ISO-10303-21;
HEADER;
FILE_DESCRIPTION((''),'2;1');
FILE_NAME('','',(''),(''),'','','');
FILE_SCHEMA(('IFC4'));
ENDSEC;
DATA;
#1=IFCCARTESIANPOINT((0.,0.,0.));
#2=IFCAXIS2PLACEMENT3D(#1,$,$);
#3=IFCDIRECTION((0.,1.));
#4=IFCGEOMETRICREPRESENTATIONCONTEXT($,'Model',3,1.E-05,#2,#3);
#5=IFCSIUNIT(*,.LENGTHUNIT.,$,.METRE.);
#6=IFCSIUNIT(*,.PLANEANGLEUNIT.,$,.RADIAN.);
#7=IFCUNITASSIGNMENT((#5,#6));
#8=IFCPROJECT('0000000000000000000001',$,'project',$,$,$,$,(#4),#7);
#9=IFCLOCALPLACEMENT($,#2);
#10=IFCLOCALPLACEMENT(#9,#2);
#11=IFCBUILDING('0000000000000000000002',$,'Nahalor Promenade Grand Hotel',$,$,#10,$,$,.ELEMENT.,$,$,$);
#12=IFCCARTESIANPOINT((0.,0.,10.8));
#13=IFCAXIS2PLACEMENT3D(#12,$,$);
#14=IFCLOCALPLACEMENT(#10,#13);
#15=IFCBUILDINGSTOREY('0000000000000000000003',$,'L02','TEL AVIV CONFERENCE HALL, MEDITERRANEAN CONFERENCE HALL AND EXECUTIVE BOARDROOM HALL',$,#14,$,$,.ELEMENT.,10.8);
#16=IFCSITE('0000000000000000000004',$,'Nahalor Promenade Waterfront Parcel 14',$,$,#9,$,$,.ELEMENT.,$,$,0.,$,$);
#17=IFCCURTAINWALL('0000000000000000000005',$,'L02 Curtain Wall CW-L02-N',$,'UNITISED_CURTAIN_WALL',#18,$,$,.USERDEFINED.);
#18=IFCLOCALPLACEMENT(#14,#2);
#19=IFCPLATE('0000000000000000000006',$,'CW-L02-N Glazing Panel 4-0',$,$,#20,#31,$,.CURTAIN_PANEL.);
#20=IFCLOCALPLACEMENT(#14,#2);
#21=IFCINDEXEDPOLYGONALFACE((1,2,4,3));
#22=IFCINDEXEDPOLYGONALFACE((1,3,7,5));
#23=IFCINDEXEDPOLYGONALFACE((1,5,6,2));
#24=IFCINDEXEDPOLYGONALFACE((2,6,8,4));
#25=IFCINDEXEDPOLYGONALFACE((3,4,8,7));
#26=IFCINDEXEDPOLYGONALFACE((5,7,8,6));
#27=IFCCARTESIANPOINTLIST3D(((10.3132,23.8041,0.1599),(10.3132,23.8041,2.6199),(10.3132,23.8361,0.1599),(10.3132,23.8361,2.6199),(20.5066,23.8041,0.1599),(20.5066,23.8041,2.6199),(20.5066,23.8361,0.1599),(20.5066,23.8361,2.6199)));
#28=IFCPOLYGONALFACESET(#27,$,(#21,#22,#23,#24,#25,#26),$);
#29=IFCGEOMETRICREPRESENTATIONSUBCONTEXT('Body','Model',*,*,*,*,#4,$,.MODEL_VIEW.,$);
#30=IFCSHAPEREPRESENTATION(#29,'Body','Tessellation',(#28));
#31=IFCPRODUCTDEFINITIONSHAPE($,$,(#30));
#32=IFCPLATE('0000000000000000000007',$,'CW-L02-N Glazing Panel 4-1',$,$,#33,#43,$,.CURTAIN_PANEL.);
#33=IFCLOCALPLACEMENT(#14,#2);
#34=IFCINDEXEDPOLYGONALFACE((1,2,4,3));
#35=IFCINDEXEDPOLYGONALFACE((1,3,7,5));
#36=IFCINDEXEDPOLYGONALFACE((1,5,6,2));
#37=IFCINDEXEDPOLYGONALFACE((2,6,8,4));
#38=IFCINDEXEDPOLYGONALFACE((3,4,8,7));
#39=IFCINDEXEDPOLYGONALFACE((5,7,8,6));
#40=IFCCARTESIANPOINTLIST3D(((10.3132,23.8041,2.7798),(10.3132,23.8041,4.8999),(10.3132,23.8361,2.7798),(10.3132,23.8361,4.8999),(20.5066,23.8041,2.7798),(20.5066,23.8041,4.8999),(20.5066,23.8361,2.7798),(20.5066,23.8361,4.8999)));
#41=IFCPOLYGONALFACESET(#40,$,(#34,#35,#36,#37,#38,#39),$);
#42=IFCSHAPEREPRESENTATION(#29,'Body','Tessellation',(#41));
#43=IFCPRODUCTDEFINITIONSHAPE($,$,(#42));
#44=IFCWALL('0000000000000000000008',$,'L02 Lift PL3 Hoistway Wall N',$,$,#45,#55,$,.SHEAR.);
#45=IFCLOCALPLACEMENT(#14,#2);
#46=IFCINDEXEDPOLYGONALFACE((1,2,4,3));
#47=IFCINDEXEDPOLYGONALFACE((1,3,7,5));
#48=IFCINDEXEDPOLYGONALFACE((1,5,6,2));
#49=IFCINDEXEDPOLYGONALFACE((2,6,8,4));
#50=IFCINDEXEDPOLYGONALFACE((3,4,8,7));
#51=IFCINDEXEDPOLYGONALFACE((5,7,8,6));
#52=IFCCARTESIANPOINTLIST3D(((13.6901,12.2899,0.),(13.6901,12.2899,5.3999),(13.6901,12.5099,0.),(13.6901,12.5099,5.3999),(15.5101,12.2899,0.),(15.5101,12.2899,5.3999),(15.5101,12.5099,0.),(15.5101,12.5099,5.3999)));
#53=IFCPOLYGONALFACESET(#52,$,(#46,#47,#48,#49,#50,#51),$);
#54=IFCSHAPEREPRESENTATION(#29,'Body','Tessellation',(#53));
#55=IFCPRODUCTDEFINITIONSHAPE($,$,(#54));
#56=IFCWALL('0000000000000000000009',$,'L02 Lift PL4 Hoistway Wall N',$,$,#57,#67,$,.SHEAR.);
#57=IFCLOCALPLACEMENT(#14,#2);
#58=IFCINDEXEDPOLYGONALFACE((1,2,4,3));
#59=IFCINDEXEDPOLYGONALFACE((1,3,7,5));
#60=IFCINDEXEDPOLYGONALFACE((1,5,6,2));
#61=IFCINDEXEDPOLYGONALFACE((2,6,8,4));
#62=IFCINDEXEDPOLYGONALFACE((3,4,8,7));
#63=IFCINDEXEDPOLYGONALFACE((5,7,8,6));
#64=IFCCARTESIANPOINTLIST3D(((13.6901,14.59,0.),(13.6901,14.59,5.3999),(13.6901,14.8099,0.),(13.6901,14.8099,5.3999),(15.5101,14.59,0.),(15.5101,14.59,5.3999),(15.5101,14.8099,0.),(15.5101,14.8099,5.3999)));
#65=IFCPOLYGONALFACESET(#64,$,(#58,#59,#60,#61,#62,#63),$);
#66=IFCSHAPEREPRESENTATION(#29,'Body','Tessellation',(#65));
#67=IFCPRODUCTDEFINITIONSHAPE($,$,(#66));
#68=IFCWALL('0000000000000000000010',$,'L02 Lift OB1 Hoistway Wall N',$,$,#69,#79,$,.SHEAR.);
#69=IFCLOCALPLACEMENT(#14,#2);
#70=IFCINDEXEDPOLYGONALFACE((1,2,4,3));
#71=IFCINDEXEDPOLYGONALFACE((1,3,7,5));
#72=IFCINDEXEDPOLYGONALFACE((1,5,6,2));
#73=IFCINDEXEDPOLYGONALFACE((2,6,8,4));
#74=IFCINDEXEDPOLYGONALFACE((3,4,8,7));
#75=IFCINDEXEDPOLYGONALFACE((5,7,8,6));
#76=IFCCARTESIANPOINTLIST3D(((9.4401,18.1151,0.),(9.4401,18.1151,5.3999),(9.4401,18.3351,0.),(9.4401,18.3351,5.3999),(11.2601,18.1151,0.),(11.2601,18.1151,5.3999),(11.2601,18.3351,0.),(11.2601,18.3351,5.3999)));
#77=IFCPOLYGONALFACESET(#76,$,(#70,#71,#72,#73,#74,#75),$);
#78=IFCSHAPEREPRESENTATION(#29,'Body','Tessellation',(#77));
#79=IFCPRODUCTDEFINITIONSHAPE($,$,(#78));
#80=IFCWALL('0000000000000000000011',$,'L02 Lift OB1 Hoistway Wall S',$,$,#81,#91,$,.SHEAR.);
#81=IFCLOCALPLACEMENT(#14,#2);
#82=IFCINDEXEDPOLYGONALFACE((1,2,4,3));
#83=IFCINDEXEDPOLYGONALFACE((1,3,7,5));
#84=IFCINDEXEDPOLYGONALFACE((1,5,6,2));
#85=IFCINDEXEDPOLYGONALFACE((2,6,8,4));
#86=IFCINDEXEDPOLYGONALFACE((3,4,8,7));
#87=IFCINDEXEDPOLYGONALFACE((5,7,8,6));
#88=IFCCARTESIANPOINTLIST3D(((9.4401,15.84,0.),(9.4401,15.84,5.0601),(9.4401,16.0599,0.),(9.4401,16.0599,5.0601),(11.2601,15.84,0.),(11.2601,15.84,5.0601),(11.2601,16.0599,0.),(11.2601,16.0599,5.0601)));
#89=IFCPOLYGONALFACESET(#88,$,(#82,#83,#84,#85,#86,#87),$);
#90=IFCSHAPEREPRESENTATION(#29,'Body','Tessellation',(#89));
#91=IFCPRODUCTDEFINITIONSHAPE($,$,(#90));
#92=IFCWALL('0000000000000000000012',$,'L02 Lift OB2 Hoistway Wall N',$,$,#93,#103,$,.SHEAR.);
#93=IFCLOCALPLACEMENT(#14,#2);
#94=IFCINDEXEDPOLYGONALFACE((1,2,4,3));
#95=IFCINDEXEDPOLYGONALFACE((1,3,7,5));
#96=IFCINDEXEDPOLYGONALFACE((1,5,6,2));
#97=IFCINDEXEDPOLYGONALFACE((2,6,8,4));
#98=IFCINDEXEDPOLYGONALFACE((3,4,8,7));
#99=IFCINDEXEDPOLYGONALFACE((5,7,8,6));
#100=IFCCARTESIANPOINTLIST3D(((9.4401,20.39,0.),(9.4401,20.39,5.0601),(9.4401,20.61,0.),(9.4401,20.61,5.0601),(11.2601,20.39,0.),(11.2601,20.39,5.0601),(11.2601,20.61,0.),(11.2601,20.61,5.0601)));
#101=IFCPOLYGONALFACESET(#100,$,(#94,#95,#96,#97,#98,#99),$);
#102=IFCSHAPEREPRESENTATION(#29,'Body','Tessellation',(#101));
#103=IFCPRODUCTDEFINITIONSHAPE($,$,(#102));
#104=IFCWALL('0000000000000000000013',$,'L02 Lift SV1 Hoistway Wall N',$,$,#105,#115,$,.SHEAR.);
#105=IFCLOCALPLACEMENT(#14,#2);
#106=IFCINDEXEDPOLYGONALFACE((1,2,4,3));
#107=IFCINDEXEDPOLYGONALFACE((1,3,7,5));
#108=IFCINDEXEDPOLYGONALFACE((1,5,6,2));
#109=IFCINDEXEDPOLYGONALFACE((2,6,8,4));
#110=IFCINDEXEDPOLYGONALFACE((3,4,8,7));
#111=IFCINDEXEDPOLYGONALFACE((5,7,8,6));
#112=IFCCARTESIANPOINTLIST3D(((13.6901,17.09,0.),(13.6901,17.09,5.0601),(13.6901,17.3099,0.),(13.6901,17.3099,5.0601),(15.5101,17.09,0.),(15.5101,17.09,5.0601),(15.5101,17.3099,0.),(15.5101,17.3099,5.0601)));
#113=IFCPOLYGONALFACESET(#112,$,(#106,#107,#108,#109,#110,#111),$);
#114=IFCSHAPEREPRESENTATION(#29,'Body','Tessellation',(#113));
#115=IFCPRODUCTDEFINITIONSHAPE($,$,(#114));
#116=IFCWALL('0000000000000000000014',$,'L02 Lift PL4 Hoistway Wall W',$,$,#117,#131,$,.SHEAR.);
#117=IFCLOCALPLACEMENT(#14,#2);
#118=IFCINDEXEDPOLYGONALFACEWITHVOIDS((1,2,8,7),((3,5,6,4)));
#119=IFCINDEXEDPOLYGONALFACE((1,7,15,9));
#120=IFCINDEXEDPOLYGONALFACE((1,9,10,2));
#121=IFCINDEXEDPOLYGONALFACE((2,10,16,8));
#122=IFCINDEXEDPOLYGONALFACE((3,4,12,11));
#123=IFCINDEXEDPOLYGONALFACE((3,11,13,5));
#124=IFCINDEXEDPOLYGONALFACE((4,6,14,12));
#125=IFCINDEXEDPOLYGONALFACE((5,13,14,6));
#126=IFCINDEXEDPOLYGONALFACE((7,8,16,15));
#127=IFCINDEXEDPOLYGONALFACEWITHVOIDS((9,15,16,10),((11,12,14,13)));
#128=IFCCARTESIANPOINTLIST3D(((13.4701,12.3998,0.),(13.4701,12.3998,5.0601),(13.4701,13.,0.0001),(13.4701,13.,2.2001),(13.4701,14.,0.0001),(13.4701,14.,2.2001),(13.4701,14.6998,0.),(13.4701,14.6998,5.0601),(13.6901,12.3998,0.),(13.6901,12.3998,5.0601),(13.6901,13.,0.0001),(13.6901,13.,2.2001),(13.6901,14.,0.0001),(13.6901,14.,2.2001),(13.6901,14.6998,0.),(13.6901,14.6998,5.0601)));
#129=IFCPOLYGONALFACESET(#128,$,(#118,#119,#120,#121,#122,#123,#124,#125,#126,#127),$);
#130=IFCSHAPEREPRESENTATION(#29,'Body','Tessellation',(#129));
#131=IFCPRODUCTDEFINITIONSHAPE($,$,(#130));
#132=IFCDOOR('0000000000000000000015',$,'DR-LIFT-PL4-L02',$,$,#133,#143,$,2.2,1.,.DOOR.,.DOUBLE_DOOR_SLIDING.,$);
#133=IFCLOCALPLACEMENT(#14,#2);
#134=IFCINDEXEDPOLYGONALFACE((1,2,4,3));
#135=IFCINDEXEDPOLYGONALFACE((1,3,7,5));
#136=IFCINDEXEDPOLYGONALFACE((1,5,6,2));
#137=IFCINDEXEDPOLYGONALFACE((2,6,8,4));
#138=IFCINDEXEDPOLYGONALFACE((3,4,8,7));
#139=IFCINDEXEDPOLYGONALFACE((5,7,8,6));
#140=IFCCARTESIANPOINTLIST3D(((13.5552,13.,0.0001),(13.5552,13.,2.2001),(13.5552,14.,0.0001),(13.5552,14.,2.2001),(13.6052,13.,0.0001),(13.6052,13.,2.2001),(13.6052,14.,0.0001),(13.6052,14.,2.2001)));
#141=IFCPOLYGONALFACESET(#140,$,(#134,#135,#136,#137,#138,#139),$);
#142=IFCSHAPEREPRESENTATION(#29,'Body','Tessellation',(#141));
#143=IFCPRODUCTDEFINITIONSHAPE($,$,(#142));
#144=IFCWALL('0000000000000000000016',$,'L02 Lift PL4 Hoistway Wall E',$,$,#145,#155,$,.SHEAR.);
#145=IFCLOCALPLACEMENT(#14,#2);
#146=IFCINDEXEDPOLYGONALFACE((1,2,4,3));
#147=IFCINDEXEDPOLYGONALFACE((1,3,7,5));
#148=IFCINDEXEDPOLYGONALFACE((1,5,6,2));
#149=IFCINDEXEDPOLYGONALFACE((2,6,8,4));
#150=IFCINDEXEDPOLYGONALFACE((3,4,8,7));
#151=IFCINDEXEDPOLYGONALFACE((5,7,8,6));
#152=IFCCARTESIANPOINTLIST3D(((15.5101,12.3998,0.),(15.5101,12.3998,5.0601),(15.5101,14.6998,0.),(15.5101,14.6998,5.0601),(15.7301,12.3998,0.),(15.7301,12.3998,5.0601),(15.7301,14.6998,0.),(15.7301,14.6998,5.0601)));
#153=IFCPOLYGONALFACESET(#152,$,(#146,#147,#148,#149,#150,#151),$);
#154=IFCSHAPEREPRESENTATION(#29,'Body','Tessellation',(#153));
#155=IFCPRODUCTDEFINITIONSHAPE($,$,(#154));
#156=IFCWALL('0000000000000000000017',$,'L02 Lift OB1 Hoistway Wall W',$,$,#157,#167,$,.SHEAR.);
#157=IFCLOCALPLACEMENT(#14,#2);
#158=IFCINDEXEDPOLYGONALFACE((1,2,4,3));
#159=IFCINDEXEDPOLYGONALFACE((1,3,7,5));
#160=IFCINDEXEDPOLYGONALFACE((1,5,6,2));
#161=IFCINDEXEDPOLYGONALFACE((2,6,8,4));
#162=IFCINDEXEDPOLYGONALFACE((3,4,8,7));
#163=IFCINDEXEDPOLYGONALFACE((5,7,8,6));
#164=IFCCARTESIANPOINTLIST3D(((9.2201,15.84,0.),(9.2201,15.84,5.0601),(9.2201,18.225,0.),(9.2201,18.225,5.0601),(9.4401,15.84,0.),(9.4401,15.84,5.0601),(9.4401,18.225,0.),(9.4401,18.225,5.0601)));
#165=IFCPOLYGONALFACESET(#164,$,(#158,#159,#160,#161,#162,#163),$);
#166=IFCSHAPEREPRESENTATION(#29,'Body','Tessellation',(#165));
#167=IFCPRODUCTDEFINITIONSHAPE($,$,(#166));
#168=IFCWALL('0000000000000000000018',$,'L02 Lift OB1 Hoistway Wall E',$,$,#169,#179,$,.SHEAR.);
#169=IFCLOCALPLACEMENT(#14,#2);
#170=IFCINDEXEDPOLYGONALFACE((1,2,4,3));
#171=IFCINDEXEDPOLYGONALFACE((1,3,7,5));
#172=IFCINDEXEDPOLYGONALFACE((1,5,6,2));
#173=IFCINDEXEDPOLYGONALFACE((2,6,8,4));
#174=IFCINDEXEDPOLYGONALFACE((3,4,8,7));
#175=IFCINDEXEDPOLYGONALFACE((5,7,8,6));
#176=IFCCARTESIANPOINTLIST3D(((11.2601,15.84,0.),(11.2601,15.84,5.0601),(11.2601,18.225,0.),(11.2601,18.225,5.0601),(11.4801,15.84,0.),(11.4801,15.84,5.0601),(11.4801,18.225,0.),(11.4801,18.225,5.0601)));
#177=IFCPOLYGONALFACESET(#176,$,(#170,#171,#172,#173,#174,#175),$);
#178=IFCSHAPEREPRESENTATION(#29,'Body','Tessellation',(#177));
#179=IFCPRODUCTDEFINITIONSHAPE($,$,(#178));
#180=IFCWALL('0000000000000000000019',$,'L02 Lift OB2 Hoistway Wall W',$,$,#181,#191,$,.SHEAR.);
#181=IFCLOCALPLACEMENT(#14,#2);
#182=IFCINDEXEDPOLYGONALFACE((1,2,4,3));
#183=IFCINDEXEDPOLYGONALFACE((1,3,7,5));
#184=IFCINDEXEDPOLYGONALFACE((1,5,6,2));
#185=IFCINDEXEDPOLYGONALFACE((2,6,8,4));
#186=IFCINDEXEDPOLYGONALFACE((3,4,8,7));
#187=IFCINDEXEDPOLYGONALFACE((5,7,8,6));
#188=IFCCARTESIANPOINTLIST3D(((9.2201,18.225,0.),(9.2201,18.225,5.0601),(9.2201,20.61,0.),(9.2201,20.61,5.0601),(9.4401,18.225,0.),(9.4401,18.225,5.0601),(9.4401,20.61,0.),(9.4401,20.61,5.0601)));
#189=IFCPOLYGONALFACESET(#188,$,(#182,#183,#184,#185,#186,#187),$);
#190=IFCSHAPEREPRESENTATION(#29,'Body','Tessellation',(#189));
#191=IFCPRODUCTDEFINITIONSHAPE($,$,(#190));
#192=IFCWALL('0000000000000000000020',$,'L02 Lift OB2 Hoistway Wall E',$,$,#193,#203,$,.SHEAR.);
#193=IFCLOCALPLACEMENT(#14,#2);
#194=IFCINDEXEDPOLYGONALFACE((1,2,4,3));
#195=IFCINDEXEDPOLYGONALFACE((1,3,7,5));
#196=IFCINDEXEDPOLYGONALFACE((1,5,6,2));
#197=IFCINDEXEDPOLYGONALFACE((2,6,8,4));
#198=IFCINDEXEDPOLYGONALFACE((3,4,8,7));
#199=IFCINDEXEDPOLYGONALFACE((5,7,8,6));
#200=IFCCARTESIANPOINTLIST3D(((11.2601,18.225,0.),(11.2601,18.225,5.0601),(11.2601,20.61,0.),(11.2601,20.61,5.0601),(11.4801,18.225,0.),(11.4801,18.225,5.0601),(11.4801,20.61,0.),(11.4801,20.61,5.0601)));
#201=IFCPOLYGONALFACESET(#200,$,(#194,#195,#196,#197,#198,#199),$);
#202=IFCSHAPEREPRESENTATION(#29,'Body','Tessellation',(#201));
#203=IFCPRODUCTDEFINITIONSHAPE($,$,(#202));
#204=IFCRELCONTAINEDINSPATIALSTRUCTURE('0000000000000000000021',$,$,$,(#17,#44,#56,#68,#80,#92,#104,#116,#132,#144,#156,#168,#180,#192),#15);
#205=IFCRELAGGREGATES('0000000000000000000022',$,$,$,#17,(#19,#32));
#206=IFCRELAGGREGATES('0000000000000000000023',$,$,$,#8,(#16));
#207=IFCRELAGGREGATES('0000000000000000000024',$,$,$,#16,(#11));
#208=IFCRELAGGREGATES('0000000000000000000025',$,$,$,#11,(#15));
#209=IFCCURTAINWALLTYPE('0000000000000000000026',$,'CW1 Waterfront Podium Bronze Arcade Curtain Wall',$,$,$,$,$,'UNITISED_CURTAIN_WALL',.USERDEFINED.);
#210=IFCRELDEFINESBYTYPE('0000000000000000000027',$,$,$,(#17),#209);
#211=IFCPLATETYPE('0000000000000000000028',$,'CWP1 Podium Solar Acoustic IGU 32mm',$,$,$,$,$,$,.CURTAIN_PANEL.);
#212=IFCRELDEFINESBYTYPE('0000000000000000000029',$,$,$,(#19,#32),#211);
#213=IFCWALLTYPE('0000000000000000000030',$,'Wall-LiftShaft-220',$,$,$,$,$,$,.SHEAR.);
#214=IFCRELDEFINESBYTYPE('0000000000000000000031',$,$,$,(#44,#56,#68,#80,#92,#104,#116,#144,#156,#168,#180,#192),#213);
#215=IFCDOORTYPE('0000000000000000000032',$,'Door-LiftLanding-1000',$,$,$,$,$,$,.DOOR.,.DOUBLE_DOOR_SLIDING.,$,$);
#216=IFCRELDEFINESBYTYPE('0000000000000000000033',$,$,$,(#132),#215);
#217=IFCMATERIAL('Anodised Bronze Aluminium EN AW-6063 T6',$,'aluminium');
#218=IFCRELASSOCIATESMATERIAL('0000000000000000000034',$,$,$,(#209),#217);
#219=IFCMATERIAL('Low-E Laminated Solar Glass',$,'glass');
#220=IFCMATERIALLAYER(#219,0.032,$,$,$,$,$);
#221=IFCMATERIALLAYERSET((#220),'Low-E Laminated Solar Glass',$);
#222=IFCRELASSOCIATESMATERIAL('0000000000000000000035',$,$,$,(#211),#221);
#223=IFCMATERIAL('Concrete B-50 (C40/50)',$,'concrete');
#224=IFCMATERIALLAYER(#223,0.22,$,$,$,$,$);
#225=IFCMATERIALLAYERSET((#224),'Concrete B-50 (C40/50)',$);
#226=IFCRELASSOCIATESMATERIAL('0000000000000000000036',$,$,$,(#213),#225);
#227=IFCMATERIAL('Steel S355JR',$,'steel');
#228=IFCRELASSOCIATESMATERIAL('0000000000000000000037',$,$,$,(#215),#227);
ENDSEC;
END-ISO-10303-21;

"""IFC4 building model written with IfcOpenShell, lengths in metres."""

from ifc_helpers import new_model, si_unit, direction, frame, frame_2d, origin, origin_2d, place, context, subcontext, project, spatial, rectangle, extrude, source, transform, mapped, material, layer, layer_set, type_object, element, fill, aggregate, save


model = new_model("IFC4")

# Units and contexts
model_context = context("Model", 3, precision=1e-05, world=origin(), true_north=direction((0.0, 1.0)))
body_context = subcontext(model_context, "Body", "Model", "MODEL_VIEW")
ifc_project = project(units=[si_unit("LENGTHUNIT", "METRE"), si_unit("PLANEANGLEUNIT", "RADIAN")], contexts=[model_context])

# Site, building, storey
site_placement = place(None, origin())
site = spatial("IfcSite", under=ifc_project, at=site_placement, Name="Nahalor Promenade Waterfront Parcel 14", CompositionType="ELEMENT", RefElevation=0.0)
building_placement = place(site_placement, origin())
building = spatial("IfcBuilding", under=site, at=building_placement, Name="Nahalor Promenade Grand Hotel", CompositionType="ELEMENT")
storey_placement = place(building_placement, frame((0.0, 0.0, 10.8)))
storey = spatial("IfcBuildingStorey", under=building, at=storey_placement, Name="L02", Description="TEL AVIV CONFERENCE HALL, MEDITERRANEAN CONFERENCE HALL AND EXECUTIVE BOARDROOM HALL", CompositionType="ELEMENT", Elevation=10.8)

# Shared definitions
ifc_material_1 = material(Name="Steel S355JR", Category="steel")

# Curtain wall, plates
ifc_material_2 = material(Name="Anodised Bronze Aluminium EN AW-6063 T6", Category="aluminium")
curtain_wall_type = type_object("IfcCurtainWallType", Name="CW1 Waterfront Podium Bronze Arcade Curtain Wall", ElementType="UNITISED_CURTAIN_WALL", PredefinedType="USERDEFINED", material=ifc_material_2)
curtain_wall_placement = place(storey_placement, origin())
curtain_wall = element("IfcCurtainWall", 1, at=curtain_wall_placement, inside=storey, type_object=curtain_wall_type, Name="L02 Curtain Wall CW-L02-N", ObjectType="UNITISED_CURTAIN_WALL", PredefinedType="USERDEFINED")
ifc_material_3 = material(Name="Low-E Laminated Solar Glass", Category="glass")
ifc_layer_1 = layer(ifc_material_3, 0.032)
ifc_layer_set_1 = layer_set([ifc_layer_1], Name="Low-E Laminated Solar Glass")
plate_type = type_object("IfcPlateType", Name="CWP1 Podium Solar Acoustic IGU 32mm", PredefinedType="CURTAIN_PANEL", material=ifc_layer_set_1)
shared_shape_1 = source(origin(), body_context, "Body", "SweptSolid", [
    extrude(rectangle(XDim=10.1934, YDim=0.032, at=origin_2d()), origin(), (0.0, 0.0, 1.0), 2.46),
])
plate_1_placement = place(storey_placement, frame((15.4099, 23.8201, 0.1599), z_axis=(0.0, 0.0, 1.0), x_axis=(1.0, 0.0, 0.0)))
plate_1 = element("IfcPlate", 2, at=plate_1_placement, type_object=plate_type, Name="CW-L02-N Glazing Panel 4-0", PredefinedType="CURTAIN_PANEL", context=body_context, shape_type="MappedRepresentation", body=[
    mapped(shared_shape_1, transform((0.0, 0.0, 0.0), scale=1.0)),
])
shared_shape_2 = source(origin(), body_context, "Body", "SweptSolid", [
    extrude(rectangle(XDim=10.1934, YDim=0.032, at=origin_2d()), origin(), (0.0, 0.0, 1.0), 2.1201),
])
plate_2_placement = place(storey_placement, frame((15.4099, 23.8201, 2.7798), z_axis=(0.0, 0.0, 1.0), x_axis=(1.0, 0.0, 0.0)))
plate_2 = element("IfcPlate", 3, at=plate_2_placement, type_object=plate_type, Name="CW-L02-N Glazing Panel 4-1", PredefinedType="CURTAIN_PANEL", context=body_context, shape_type="MappedRepresentation", body=[
    mapped(shared_shape_2, transform((0.0, 0.0, 0.0), scale=1.0)),
])
aggregate(curtain_wall, [plate_1, plate_2])

# Walls
ifc_material_4 = material(Name="Concrete B-50 (C40/50)", Category="concrete")
ifc_layer_2 = layer(ifc_material_4, 0.22)
ifc_layer_set_2 = layer_set([ifc_layer_2], Name="Concrete B-50 (C40/50)")
wall_type_1 = type_object("IfcWallType", Name="Wall-LiftShaft-220", PredefinedType="SHEAR", material=ifc_layer_set_2)
shared_shape_3 = source(origin(), body_context, "Body", "SweptSolid", [
    extrude(rectangle(XDim=1.8201, YDim=0.22, at=frame_2d((0.9102, 0.0))), origin(), (0.0, 0.0, 1.0), 5.3999),
])
for number, where, z_axis, x_axis, name in (
    (4, (13.6899, 12.3999, 0.0), (0.0, 0.0, 1.0), (1.0, 0.0, 0.0), "L02 Lift PL3 Hoistway Wall N"),
    (5, (13.6899, 14.7, 0.0), (0.0, 0.0, 1.0), (1.0, 0.0, 0.0), "L02 Lift PL4 Hoistway Wall N"),
    (6, (9.4399, 18.2251, 0.0), (0.0, 0.0, 1.0), (1.0, 0.0, 0.0), "L02 Lift OB1 Hoistway Wall N"),
):
    element("IfcWall", number, at=place(storey_placement, frame(where, z_axis=z_axis, x_axis=x_axis)), inside=storey, type_object=wall_type_1, Name=name, PredefinedType="SHEAR", context=body_context, shape_type="MappedRepresentation", body=[
        mapped(shared_shape_3, transform((0.0, 0.0, 0.0), scale=1.0)),
    ])
shared_shape_4 = source(origin(), body_context, "Body", "SweptSolid", [
    extrude(rectangle(XDim=1.8201, YDim=0.22, at=frame_2d((0.9102, 0.0))), origin(), (0.0, 0.0, 1.0), 5.0601),
])
for number, where, z_axis, x_axis, name in (
    (7, (9.4399, 15.95, 0.0), (0.0, 0.0, 1.0), (1.0, 0.0, 0.0), "L02 Lift OB1 Hoistway Wall S"),
    (8, (9.4399, 20.5, 0.0), (0.0, 0.0, 1.0), (1.0, 0.0, 0.0), "L02 Lift OB2 Hoistway Wall N"),
    (9, (13.6899, 17.2, 0.0), (0.0, 0.0, 1.0), (1.0, 0.0, 0.0), "L02 Lift SV1 Hoistway Wall N"),
):
    element("IfcWall", number, at=place(storey_placement, frame(where, z_axis=z_axis, x_axis=x_axis)), inside=storey, type_object=wall_type_1, Name=name, PredefinedType="SHEAR", context=body_context, shape_type="MappedRepresentation", body=[
        mapped(shared_shape_4, transform((0.0, 0.0, 0.0), scale=1.0)),
    ])

# Wall, opening, door
shared_shape_5 = source(origin(), body_context, "Body", "SweptSolid", [
    extrude(rectangle(XDim=2.3, YDim=0.22, at=frame_2d((1.1499, 0.0))), origin(), (0.0, 0.0, 1.0), 5.0601),
])
wall_1_placement = place(storey_placement, frame((13.5801, 12.3999, 0.0), z_axis=(0.0, 0.0, 1.0), x_axis=(0.0, 1.0, 0.0)))
wall_1 = element("IfcWall", 10, at=wall_1_placement, inside=storey, type_object=wall_type_1, Name="L02 Lift PL4 Hoistway Wall W", PredefinedType="SHEAR", context=body_context, shape_type="MappedRepresentation", body=[
    mapped(shared_shape_5, transform((0.0, 0.0, 0.0), scale=1.0)),
])
opening_1_placement = place(wall_1_placement, frame((0.6001, 0.0, 0.0)))
opening_1 = element("IfcOpeningElement", 11, at=opening_1_placement, cuts=wall_1, PredefinedType="OPENING", context=body_context, shape_type="SweptSolid", body=[
    extrude(rectangle(XDim=1.0, YDim=2.2, at=frame_2d((0.5, 1.1001))), frame((0.0, 0.1199, 0.0), z_axis=(0.0, -1.0, 0.0), x_axis=(1.0, 0.0, 0.0)), (0.0, 0.0, 1.0), 0.24),
])
door_type_1 = type_object("IfcDoorType", Name="Door-LiftLanding-1000", OperationType="DOUBLE_DOOR_SLIDING", PredefinedType="DOOR", material=ifc_material_1)
shared_shape_6 = source(origin(), body_context, "Body", "SweptSolid", [
    extrude(rectangle(XDim=1.0, YDim=2.2, at=frame_2d((0.5, 1.1001))), frame((0.0, 0.0249, 0.0), z_axis=(0.0, -1.0, 0.0), x_axis=(1.0, 0.0, 0.0)), (0.0, 0.0, 1.0), 0.05),
])
door_1_placement = place(opening_1_placement, origin())
door_1 = element("IfcDoor", 12, at=door_1_placement, inside=storey, type_object=door_type_1, Name="DR-LIFT-PL4-L02", OperationType="DOUBLE_DOOR_SLIDING", OverallHeight=2.2, OverallWidth=1.0, PredefinedType="DOOR", context=body_context, shape_type="MappedRepresentation", body=[
    mapped(shared_shape_6, transform((0.0, 0.0, 0.0), scale=1.0)),
])
fill(opening_1, door_1)

# Walls
wall_2_placement = place(storey_placement, frame((15.6201, 12.3999, 0.0), z_axis=(0.0, 0.0, 1.0), x_axis=(0.0, 1.0, 0.0)))
element("IfcWall", 13, at=wall_2_placement, inside=storey, type_object=wall_type_1, Name="L02 Lift PL4 Hoistway Wall E", PredefinedType="SHEAR", context=body_context, shape_type="MappedRepresentation", body=[
    mapped(shared_shape_5, transform((0.0, 0.0, 0.0), scale=1.0)),
])
shared_shape_7 = source(origin(), body_context, "Body", "SweptSolid", [
    extrude(rectangle(XDim=2.385, YDim=0.22, at=frame_2d((1.1924, 0.0))), origin(), (0.0, 0.0, 1.0), 5.0601),
])
for number, where, z_axis, x_axis, name in (
    (14, (9.3301, 15.8401, 0.0), (0.0, 0.0, 1.0), (0.0, 1.0, 0.0), "L02 Lift OB1 Hoistway Wall W"),
    (15, (11.3701, 15.8401, 0.0), (0.0, 0.0, 1.0), (0.0, 1.0, 0.0), "L02 Lift OB1 Hoistway Wall E"),
    (16, (9.3301, 18.2251, 0.0), (0.0, 0.0, 1.0), (0.0, 1.0, 0.0), "L02 Lift OB2 Hoistway Wall W"),
    (17, (11.3701, 18.2251, 0.0), (0.0, 0.0, 1.0), (0.0, 1.0, 0.0), "L02 Lift OB2 Hoistway Wall E"),
):
    element("IfcWall", number, at=place(storey_placement, frame(where, z_axis=z_axis, x_axis=x_axis)), inside=storey, type_object=wall_type_1, Name=name, PredefinedType="SHEAR", context=body_context, shape_type="MappedRepresentation", body=[
        mapped(shared_shape_7, transform((0.0, 0.0, 0.0), scale=1.0)),
    ])

save(model, "model.ifc")
